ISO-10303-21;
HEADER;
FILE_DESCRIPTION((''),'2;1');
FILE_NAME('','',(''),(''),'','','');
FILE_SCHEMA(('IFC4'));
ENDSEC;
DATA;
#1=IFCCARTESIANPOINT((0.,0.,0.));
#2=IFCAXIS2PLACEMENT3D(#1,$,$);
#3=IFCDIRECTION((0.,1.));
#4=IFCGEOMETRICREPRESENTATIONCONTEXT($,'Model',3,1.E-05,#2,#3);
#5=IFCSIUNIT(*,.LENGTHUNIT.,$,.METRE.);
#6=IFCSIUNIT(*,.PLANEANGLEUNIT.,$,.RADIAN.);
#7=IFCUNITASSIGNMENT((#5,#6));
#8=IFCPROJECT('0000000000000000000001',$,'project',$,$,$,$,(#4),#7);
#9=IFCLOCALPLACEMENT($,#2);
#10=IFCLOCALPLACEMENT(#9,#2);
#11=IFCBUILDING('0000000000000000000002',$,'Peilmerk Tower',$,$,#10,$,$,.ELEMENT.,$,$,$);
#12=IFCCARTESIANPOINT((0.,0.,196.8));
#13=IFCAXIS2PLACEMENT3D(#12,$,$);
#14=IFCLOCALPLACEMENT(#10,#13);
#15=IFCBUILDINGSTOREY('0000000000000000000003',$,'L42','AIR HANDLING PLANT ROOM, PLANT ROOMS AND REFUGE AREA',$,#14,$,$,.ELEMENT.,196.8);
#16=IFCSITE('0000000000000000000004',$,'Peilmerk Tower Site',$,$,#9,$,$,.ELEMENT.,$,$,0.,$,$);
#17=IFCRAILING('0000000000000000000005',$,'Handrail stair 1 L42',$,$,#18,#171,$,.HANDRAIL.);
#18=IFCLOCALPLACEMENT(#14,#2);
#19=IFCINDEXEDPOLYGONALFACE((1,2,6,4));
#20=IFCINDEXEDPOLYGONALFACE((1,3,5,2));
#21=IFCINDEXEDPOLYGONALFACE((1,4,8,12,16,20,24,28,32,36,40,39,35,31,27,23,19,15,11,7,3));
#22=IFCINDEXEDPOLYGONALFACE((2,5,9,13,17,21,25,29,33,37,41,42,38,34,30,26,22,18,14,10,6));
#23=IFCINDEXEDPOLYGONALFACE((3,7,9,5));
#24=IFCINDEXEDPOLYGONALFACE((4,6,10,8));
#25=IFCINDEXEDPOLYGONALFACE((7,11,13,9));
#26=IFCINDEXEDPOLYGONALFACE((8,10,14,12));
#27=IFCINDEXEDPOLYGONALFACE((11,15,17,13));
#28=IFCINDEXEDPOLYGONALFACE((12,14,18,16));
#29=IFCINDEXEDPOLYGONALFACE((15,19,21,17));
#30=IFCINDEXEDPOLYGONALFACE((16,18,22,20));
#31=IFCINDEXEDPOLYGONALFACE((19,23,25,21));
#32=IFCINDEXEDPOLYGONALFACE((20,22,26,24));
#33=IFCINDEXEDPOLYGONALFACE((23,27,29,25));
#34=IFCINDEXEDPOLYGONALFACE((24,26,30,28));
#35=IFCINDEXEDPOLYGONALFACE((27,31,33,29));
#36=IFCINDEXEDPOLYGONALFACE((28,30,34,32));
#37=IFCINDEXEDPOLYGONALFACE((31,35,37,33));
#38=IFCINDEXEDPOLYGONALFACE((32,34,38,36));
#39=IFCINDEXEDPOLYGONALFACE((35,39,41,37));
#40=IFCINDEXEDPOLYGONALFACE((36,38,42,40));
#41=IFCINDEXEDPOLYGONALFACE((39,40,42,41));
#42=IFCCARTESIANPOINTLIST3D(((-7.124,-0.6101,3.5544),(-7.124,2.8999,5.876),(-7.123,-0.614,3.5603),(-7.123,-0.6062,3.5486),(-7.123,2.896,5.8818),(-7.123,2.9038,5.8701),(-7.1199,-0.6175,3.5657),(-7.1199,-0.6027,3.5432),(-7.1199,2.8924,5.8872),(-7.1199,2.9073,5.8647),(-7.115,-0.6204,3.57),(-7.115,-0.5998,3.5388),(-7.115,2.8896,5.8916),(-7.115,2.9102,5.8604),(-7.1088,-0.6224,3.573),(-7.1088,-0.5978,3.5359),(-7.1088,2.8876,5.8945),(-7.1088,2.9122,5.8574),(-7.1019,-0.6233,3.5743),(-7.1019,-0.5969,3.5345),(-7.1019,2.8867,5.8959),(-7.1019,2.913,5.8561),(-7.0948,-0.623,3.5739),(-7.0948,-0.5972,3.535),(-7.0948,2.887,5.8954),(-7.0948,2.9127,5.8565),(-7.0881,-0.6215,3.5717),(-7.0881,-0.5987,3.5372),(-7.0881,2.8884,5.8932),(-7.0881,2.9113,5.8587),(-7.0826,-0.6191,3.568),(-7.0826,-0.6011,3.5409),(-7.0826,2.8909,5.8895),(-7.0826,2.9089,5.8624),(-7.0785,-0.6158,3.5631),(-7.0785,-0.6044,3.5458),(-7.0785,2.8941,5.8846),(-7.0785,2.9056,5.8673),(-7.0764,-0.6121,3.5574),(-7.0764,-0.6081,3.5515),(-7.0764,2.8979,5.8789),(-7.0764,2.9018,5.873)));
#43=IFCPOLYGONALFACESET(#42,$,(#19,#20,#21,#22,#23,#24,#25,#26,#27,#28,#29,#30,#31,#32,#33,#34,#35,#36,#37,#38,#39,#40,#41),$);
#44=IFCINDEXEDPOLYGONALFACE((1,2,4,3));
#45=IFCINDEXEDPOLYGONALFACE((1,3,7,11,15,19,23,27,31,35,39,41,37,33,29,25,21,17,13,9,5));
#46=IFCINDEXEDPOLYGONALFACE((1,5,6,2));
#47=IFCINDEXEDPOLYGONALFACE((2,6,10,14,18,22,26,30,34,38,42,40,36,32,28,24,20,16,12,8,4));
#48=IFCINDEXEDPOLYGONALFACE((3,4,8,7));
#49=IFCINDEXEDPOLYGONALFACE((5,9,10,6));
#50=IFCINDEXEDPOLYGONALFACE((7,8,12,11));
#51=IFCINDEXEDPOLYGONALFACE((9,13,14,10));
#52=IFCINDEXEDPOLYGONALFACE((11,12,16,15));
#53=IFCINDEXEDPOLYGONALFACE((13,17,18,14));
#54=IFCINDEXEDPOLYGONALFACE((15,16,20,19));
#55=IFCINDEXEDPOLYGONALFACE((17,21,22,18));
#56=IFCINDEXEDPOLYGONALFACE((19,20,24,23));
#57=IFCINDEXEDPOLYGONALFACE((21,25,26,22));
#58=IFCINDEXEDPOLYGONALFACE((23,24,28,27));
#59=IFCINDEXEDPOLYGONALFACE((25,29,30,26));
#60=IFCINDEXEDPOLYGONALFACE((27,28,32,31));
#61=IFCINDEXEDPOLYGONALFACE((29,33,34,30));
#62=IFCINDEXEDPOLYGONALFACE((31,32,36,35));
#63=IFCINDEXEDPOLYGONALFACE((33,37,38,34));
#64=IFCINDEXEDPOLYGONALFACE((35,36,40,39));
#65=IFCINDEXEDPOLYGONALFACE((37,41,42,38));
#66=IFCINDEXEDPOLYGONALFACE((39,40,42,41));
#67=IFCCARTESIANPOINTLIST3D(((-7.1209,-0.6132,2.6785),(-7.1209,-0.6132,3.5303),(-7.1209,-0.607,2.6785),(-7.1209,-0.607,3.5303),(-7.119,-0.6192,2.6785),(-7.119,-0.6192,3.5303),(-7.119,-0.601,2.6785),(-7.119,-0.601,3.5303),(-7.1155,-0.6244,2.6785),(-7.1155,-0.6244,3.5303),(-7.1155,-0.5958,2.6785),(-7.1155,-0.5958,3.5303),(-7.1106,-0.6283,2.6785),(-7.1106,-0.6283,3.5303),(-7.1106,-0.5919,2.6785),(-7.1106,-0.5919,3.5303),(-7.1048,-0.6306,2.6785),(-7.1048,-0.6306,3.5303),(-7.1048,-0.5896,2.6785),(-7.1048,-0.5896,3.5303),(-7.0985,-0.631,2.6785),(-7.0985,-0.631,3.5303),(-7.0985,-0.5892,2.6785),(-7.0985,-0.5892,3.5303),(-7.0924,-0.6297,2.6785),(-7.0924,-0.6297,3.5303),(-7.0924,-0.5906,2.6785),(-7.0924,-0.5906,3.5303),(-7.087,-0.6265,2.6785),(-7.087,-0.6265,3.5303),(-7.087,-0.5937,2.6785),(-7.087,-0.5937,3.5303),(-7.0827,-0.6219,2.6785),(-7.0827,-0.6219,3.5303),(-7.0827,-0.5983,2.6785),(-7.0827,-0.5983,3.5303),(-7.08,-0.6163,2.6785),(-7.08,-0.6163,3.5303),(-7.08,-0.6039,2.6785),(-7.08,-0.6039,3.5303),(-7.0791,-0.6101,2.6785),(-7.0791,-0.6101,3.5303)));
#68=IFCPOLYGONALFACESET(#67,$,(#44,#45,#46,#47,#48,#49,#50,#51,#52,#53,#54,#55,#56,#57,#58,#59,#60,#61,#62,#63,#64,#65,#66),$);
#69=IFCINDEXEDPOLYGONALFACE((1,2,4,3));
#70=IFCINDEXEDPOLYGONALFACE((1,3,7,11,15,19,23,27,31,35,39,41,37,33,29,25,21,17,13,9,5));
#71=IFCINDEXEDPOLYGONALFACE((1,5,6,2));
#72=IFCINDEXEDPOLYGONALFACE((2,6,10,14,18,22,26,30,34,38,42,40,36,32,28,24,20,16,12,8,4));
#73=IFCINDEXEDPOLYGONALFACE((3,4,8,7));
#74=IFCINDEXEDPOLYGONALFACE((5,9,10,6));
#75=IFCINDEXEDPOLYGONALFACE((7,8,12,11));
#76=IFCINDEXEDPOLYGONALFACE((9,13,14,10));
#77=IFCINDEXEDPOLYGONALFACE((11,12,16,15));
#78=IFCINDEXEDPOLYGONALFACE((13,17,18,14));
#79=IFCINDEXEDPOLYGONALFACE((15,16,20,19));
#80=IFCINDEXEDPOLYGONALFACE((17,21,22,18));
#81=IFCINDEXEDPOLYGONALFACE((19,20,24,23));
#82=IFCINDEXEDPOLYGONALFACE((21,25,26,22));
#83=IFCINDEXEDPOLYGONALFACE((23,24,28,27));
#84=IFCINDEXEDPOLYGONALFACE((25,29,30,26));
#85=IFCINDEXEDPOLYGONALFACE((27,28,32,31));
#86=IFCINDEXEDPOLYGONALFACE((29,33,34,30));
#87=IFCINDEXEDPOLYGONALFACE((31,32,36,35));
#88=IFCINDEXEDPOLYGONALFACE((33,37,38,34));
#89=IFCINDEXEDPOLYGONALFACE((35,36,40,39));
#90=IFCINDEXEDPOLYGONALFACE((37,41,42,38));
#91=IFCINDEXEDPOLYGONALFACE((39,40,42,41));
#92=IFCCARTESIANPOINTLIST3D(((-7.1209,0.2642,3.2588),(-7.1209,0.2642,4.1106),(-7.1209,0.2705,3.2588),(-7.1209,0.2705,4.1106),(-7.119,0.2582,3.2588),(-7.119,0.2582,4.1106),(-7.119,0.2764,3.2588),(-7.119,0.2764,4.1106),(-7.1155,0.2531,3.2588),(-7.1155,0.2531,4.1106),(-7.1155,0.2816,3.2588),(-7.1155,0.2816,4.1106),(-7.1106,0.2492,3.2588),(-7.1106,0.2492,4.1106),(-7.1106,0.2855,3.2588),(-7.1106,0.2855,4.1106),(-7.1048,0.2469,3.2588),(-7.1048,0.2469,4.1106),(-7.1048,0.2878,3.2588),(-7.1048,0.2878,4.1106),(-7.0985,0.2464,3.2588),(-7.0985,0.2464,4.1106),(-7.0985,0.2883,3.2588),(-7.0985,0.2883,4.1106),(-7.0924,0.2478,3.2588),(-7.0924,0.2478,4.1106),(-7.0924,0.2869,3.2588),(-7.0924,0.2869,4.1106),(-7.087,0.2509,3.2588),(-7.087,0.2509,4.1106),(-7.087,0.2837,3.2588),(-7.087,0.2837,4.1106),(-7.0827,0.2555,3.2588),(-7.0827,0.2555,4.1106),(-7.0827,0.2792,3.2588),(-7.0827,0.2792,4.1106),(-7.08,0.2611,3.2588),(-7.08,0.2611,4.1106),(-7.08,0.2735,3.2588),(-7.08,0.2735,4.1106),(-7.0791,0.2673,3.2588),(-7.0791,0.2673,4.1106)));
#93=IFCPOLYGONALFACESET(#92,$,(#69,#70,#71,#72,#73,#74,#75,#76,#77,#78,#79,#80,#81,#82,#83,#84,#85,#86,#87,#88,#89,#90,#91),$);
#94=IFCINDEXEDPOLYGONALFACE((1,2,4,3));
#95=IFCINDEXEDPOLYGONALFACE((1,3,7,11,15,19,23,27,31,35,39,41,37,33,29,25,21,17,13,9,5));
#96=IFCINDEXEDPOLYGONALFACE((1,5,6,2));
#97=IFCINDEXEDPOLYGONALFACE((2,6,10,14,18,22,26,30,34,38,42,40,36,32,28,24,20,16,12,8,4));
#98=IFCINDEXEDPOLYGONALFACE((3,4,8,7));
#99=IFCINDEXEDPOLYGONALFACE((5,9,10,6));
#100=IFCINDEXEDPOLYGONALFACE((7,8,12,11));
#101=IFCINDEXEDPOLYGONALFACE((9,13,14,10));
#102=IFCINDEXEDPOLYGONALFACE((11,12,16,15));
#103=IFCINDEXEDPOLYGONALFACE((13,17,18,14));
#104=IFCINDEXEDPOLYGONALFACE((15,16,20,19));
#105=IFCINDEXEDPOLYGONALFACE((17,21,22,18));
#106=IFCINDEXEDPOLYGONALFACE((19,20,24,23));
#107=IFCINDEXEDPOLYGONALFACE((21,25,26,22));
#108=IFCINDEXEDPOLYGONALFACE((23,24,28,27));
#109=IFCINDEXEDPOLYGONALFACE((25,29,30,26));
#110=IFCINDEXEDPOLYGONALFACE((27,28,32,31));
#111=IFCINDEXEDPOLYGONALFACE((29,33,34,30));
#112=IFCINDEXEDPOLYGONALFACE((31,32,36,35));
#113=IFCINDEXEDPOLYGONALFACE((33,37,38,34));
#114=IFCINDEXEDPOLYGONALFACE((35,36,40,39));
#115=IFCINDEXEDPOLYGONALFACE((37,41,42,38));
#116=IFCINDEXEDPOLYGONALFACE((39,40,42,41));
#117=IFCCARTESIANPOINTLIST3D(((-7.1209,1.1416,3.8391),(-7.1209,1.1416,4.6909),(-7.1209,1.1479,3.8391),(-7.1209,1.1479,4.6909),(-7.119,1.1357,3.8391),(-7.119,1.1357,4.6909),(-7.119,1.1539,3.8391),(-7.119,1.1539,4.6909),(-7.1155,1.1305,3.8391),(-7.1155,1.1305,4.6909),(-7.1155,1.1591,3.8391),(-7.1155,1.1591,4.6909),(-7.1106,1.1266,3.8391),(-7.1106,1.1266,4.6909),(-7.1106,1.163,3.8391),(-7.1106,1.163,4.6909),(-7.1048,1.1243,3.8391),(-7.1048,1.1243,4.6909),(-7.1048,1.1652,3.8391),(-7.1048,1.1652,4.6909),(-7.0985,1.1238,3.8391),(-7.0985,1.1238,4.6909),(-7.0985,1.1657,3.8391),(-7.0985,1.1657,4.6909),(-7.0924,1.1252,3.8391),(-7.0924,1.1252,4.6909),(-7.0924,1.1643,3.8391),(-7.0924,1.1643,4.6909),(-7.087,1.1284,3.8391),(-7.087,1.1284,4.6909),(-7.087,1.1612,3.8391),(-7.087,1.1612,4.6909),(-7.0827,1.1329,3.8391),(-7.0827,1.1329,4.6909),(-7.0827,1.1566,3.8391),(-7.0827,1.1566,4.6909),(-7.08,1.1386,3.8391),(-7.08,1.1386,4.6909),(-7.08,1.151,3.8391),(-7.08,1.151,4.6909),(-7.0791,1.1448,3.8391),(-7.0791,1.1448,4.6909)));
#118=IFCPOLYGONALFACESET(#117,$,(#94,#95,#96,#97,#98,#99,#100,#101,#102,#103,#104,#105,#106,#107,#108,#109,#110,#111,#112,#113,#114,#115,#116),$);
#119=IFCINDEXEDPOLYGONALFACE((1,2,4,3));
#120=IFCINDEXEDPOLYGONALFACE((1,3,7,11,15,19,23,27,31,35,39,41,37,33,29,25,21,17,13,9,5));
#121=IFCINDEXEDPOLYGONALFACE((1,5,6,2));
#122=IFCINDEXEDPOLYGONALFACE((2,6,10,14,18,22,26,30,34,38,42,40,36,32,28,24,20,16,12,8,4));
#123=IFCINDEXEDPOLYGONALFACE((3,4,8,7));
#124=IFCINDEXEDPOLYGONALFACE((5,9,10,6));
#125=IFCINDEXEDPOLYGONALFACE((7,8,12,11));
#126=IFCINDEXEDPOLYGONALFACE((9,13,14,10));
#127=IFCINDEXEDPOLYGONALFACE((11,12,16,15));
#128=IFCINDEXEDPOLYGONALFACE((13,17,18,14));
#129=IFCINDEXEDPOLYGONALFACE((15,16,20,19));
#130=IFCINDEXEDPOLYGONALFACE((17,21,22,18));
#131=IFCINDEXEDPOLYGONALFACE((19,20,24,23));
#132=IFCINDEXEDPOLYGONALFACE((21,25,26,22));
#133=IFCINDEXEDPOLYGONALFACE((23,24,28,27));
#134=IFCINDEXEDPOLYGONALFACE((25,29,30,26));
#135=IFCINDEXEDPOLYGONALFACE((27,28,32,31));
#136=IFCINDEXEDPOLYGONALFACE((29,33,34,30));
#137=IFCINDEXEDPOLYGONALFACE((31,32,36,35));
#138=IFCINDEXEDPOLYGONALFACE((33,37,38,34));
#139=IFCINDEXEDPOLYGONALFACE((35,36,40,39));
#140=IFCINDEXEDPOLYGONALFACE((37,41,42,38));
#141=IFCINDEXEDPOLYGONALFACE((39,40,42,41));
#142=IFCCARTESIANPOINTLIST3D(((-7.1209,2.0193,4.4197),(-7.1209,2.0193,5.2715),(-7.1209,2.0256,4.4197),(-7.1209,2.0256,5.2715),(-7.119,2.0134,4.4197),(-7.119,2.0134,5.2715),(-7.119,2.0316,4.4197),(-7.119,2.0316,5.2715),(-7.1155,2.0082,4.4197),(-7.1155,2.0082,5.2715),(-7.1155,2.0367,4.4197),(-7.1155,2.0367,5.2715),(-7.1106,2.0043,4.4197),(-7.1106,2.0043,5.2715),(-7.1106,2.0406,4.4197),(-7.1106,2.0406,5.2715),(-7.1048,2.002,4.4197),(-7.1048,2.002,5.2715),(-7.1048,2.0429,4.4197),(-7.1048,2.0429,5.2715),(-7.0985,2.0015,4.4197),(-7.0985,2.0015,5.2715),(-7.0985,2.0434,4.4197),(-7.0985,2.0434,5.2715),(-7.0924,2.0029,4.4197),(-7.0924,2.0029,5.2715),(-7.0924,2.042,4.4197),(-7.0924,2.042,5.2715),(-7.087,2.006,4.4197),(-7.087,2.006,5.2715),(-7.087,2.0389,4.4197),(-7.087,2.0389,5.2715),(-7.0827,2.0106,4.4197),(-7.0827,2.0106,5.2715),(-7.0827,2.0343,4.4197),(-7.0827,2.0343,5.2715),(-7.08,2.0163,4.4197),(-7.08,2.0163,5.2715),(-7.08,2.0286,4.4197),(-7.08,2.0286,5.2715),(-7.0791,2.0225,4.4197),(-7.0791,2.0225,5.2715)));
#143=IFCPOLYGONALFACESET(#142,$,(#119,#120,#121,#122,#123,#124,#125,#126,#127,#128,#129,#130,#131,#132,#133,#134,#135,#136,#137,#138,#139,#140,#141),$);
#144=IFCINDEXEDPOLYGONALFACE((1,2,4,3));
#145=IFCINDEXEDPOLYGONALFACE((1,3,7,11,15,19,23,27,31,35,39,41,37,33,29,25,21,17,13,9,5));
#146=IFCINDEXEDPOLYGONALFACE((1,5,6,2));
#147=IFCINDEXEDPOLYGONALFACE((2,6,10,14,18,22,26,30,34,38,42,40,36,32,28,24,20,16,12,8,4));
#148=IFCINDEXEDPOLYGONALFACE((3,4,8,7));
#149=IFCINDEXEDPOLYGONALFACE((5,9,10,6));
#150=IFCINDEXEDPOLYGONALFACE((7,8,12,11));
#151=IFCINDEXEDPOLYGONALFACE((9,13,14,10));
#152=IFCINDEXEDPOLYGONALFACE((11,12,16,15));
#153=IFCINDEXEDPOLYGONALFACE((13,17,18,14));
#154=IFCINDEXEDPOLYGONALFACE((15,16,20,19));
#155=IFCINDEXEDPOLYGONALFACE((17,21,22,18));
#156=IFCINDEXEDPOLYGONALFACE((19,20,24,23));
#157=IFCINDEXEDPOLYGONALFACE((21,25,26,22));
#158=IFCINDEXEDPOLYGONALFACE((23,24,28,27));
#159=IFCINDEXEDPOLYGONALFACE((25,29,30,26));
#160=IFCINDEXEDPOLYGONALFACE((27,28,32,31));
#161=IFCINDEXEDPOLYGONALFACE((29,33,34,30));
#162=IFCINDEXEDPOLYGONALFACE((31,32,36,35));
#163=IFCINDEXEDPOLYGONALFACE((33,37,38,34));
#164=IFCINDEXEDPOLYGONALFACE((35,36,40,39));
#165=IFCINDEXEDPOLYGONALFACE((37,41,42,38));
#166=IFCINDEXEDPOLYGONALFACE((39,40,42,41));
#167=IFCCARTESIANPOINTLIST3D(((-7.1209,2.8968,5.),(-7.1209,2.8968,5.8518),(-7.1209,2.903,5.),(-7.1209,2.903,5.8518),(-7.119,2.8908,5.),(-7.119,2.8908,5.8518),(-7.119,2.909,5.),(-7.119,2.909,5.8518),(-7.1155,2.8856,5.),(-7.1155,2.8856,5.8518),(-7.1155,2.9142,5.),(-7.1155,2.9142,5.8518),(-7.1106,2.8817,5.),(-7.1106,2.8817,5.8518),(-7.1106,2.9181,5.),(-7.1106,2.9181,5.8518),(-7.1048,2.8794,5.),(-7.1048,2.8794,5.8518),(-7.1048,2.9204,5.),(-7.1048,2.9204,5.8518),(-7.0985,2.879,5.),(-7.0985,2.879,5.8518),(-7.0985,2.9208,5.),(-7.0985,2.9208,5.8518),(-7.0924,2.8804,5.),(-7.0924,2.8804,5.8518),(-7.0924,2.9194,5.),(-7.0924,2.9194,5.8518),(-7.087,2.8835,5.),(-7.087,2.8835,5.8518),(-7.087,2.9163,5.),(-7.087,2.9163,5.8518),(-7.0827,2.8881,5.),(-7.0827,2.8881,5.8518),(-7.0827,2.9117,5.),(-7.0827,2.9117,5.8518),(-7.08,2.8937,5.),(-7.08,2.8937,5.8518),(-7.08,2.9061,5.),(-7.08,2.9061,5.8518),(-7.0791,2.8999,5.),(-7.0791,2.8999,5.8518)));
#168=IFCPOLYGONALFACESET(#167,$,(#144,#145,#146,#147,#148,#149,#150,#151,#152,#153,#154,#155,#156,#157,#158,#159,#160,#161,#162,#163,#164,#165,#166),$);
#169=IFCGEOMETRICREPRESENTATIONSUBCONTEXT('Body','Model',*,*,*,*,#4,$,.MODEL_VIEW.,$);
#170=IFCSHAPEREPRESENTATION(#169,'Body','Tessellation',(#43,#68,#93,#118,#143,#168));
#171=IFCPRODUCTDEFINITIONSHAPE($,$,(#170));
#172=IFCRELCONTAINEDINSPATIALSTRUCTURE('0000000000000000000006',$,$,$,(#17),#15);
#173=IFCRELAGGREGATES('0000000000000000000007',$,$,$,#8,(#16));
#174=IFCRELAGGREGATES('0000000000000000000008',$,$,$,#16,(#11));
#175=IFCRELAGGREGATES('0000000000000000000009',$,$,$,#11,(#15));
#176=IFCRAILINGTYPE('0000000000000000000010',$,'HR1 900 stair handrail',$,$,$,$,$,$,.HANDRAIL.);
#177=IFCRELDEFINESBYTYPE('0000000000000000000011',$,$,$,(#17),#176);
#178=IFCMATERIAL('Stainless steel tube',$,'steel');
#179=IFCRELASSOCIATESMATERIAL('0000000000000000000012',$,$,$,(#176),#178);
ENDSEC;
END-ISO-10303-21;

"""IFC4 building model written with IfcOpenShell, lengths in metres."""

from ifc_helpers import new_model, si_unit, direction, frame, origin, origin_2d, place, context, subcontext, project, spatial, circle, extrude, material, type_object, element, save


model = new_model("IFC4")

# Units and contexts
model_context = context("Model", 3, precision=1e-05, world=origin(), true_north=direction((0.0, 1.0)))
body_context = subcontext(model_context, "Body", "Model", "MODEL_VIEW")
ifc_project = project(units=[si_unit("LENGTHUNIT", "METRE"), si_unit("PLANEANGLEUNIT", "RADIAN")], contexts=[model_context])

# Site, building, storey
site_placement = place(None, origin())
site = spatial("IfcSite", under=ifc_project, at=site_placement, Name="Peilmerk Tower Site", CompositionType="ELEMENT", RefElevation=0.0)
building_placement = place(site_placement, origin())
building = spatial("IfcBuilding", under=site, at=building_placement, Name="Peilmerk Tower", CompositionType="ELEMENT")
storey_placement = place(building_placement, frame((0.0, 0.0, 196.8)))
storey = spatial("IfcBuildingStorey", under=building, at=storey_placement, Name="L42", Description="AIR HANDLING PLANT ROOM, PLANT ROOMS AND REFUGE AREA", CompositionType="ELEMENT", Elevation=196.8)

# Railing
ifc_material_1 = material(Name="Stainless steel tube", Category="steel")
railing_type_1 = type_object("IfcRailingType", Name="HR1 900 stair handrail", PredefinedType="HANDRAIL", material=ifc_material_1)
railing_1_placement = place(storey_placement, frame((-7.1001, -0.6101, 2.6785)))
element("IfcRailing", 1, at=railing_1_placement, inside=storey, type_object=railing_type_1, Name="Handrail stair 1 L42", PredefinedType="HANDRAIL", context=body_context, shape_type="SweptSolid", body=[
    extrude(circle(Radius=0.0239, at=origin_2d()), frame((0.0, 0.0, 0.876), z_axis=(0.0, 0.834071, 0.551657), x_axis=(-1.0, 0.0, 0.0)), (0.0, 0.0, 1.0), 4.2083),
    extrude(circle(Radius=0.021, at=origin_2d()), origin(), (0.0, 0.0, 1.0), 0.8518),
    extrude(circle(Radius=0.021, at=origin_2d()), frame((0.0, 0.8774, 0.5803)), (0.0, 0.0, 1.0), 0.8518),
    extrude(circle(Radius=0.021, at=origin_2d()), frame((0.0, 1.7549, 1.1606)), (0.0, 0.0, 1.0), 0.8518),
    extrude(circle(Radius=0.021, at=origin_2d()), frame((0.0, 2.6326, 1.7412)), (0.0, 0.0, 1.0), 0.8518),
    extrude(circle(Radius=0.021, at=origin_2d()), frame((0.0, 3.51, 2.3215)), (0.0, 0.0, 1.0), 0.8518),
])

save(model, "model.ifc")
